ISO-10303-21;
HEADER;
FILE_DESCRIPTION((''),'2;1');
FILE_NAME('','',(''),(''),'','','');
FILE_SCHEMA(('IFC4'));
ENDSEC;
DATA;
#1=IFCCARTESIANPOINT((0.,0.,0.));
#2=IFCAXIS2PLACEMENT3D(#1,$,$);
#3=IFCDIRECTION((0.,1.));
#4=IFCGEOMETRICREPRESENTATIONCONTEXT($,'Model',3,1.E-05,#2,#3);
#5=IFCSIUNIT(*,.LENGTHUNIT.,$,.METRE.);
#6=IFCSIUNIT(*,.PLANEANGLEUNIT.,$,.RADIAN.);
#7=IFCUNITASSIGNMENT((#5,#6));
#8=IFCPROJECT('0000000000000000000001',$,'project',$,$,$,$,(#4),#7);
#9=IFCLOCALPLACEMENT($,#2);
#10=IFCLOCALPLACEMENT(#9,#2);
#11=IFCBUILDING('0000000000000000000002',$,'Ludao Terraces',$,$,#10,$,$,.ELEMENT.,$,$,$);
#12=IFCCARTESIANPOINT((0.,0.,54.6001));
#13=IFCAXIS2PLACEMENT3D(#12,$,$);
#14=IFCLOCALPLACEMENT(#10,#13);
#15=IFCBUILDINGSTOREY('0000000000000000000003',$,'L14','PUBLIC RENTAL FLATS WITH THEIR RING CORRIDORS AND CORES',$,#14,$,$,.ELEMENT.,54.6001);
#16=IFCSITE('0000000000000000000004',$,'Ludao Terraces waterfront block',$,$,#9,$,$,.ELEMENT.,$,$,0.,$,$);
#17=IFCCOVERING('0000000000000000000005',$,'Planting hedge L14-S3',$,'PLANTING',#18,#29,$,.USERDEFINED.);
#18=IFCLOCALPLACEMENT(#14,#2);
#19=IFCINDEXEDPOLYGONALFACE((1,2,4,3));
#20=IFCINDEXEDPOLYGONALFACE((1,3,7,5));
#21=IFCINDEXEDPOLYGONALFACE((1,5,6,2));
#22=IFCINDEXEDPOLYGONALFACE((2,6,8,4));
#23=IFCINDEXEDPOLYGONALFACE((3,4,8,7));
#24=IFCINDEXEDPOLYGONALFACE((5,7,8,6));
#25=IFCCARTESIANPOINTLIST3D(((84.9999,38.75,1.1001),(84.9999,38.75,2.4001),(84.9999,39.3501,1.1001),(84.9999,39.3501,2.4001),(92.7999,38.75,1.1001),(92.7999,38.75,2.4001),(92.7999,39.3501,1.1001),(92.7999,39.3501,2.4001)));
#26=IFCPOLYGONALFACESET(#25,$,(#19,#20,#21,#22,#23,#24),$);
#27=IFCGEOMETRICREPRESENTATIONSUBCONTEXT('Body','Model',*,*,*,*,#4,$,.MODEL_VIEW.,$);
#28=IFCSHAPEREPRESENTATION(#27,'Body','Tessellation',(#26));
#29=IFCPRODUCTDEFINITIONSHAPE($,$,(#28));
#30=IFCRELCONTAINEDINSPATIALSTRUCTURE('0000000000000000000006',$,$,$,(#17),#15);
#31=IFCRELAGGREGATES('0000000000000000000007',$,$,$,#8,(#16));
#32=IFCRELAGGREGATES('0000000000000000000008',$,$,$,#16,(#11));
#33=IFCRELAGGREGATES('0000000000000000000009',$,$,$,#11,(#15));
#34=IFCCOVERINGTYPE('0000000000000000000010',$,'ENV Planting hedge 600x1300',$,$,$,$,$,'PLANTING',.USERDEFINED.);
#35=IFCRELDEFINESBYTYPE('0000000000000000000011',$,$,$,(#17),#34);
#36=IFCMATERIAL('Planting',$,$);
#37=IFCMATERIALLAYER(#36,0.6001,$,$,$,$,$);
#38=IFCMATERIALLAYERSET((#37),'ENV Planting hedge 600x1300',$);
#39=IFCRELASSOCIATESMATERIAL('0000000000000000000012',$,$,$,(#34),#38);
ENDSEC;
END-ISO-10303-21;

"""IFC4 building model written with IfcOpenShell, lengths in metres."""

from ifc_helpers import new_model, si_unit, direction, frame, origin, origin_2d, place, context, subcontext, project, spatial, rectangle, extrude, material, layer, layer_set, type_object, element, save


model = new_model("IFC4")

# Units and contexts
model_context = context("Model", 3, precision=1e-05, world=origin(), true_north=direction((0.0, 1.0)))
body_context = subcontext(model_context, "Body", "Model", "MODEL_VIEW")
ifc_project = project(units=[si_unit("LENGTHUNIT", "METRE"), si_unit("PLANEANGLEUNIT", "RADIAN")], contexts=[model_context])

# Site, building, storey
site_placement = place(None, origin())
site = spatial("IfcSite", under=ifc_project, at=site_placement, Name="Ludao Terraces waterfront block", CompositionType="ELEMENT", RefElevation=0.0)
building_placement = place(site_placement, origin())
building = spatial("IfcBuilding", under=site, at=building_placement, Name="Ludao Terraces", CompositionType="ELEMENT")
storey_placement = place(building_placement, frame((0.0, 0.0, 54.6001)))
storey = spatial("IfcBuildingStorey", under=building, at=storey_placement, Name="L14", Description="PUBLIC RENTAL FLATS WITH THEIR RING CORRIDORS AND CORES", CompositionType="ELEMENT", Elevation=54.6001)

# Covering
ifc_material_1 = material(Name="Planting")
ifc_layer_1 = layer(ifc_material_1, 0.6001)
ifc_layer_set_1 = layer_set([ifc_layer_1], Name="ENV Planting hedge 600x1300")
covering_type = type_object("IfcCoveringType", Name="ENV Planting hedge 600x1300", ElementType="PLANTING", PredefinedType="USERDEFINED", material=ifc_layer_set_1)
covering_placement = place(storey_placement, frame((88.8999, 39.05, 1.1001), z_axis=(0.0, 0.0, 1.0), x_axis=(1.0, 0.0, 0.0)))
element("IfcCovering", 1, at=covering_placement, inside=storey, type_object=covering_type, Name="Planting hedge L14-S3", ObjectType="PLANTING", PredefinedType="USERDEFINED", context=body_context, shape_type="SweptSolid", body=[
    extrude(rectangle(XDim=7.8, YDim=0.6001, at=origin_2d()), origin(), (0.0, 0.0, 1.0), 1.3),
])

save(model, "model.ifc")
